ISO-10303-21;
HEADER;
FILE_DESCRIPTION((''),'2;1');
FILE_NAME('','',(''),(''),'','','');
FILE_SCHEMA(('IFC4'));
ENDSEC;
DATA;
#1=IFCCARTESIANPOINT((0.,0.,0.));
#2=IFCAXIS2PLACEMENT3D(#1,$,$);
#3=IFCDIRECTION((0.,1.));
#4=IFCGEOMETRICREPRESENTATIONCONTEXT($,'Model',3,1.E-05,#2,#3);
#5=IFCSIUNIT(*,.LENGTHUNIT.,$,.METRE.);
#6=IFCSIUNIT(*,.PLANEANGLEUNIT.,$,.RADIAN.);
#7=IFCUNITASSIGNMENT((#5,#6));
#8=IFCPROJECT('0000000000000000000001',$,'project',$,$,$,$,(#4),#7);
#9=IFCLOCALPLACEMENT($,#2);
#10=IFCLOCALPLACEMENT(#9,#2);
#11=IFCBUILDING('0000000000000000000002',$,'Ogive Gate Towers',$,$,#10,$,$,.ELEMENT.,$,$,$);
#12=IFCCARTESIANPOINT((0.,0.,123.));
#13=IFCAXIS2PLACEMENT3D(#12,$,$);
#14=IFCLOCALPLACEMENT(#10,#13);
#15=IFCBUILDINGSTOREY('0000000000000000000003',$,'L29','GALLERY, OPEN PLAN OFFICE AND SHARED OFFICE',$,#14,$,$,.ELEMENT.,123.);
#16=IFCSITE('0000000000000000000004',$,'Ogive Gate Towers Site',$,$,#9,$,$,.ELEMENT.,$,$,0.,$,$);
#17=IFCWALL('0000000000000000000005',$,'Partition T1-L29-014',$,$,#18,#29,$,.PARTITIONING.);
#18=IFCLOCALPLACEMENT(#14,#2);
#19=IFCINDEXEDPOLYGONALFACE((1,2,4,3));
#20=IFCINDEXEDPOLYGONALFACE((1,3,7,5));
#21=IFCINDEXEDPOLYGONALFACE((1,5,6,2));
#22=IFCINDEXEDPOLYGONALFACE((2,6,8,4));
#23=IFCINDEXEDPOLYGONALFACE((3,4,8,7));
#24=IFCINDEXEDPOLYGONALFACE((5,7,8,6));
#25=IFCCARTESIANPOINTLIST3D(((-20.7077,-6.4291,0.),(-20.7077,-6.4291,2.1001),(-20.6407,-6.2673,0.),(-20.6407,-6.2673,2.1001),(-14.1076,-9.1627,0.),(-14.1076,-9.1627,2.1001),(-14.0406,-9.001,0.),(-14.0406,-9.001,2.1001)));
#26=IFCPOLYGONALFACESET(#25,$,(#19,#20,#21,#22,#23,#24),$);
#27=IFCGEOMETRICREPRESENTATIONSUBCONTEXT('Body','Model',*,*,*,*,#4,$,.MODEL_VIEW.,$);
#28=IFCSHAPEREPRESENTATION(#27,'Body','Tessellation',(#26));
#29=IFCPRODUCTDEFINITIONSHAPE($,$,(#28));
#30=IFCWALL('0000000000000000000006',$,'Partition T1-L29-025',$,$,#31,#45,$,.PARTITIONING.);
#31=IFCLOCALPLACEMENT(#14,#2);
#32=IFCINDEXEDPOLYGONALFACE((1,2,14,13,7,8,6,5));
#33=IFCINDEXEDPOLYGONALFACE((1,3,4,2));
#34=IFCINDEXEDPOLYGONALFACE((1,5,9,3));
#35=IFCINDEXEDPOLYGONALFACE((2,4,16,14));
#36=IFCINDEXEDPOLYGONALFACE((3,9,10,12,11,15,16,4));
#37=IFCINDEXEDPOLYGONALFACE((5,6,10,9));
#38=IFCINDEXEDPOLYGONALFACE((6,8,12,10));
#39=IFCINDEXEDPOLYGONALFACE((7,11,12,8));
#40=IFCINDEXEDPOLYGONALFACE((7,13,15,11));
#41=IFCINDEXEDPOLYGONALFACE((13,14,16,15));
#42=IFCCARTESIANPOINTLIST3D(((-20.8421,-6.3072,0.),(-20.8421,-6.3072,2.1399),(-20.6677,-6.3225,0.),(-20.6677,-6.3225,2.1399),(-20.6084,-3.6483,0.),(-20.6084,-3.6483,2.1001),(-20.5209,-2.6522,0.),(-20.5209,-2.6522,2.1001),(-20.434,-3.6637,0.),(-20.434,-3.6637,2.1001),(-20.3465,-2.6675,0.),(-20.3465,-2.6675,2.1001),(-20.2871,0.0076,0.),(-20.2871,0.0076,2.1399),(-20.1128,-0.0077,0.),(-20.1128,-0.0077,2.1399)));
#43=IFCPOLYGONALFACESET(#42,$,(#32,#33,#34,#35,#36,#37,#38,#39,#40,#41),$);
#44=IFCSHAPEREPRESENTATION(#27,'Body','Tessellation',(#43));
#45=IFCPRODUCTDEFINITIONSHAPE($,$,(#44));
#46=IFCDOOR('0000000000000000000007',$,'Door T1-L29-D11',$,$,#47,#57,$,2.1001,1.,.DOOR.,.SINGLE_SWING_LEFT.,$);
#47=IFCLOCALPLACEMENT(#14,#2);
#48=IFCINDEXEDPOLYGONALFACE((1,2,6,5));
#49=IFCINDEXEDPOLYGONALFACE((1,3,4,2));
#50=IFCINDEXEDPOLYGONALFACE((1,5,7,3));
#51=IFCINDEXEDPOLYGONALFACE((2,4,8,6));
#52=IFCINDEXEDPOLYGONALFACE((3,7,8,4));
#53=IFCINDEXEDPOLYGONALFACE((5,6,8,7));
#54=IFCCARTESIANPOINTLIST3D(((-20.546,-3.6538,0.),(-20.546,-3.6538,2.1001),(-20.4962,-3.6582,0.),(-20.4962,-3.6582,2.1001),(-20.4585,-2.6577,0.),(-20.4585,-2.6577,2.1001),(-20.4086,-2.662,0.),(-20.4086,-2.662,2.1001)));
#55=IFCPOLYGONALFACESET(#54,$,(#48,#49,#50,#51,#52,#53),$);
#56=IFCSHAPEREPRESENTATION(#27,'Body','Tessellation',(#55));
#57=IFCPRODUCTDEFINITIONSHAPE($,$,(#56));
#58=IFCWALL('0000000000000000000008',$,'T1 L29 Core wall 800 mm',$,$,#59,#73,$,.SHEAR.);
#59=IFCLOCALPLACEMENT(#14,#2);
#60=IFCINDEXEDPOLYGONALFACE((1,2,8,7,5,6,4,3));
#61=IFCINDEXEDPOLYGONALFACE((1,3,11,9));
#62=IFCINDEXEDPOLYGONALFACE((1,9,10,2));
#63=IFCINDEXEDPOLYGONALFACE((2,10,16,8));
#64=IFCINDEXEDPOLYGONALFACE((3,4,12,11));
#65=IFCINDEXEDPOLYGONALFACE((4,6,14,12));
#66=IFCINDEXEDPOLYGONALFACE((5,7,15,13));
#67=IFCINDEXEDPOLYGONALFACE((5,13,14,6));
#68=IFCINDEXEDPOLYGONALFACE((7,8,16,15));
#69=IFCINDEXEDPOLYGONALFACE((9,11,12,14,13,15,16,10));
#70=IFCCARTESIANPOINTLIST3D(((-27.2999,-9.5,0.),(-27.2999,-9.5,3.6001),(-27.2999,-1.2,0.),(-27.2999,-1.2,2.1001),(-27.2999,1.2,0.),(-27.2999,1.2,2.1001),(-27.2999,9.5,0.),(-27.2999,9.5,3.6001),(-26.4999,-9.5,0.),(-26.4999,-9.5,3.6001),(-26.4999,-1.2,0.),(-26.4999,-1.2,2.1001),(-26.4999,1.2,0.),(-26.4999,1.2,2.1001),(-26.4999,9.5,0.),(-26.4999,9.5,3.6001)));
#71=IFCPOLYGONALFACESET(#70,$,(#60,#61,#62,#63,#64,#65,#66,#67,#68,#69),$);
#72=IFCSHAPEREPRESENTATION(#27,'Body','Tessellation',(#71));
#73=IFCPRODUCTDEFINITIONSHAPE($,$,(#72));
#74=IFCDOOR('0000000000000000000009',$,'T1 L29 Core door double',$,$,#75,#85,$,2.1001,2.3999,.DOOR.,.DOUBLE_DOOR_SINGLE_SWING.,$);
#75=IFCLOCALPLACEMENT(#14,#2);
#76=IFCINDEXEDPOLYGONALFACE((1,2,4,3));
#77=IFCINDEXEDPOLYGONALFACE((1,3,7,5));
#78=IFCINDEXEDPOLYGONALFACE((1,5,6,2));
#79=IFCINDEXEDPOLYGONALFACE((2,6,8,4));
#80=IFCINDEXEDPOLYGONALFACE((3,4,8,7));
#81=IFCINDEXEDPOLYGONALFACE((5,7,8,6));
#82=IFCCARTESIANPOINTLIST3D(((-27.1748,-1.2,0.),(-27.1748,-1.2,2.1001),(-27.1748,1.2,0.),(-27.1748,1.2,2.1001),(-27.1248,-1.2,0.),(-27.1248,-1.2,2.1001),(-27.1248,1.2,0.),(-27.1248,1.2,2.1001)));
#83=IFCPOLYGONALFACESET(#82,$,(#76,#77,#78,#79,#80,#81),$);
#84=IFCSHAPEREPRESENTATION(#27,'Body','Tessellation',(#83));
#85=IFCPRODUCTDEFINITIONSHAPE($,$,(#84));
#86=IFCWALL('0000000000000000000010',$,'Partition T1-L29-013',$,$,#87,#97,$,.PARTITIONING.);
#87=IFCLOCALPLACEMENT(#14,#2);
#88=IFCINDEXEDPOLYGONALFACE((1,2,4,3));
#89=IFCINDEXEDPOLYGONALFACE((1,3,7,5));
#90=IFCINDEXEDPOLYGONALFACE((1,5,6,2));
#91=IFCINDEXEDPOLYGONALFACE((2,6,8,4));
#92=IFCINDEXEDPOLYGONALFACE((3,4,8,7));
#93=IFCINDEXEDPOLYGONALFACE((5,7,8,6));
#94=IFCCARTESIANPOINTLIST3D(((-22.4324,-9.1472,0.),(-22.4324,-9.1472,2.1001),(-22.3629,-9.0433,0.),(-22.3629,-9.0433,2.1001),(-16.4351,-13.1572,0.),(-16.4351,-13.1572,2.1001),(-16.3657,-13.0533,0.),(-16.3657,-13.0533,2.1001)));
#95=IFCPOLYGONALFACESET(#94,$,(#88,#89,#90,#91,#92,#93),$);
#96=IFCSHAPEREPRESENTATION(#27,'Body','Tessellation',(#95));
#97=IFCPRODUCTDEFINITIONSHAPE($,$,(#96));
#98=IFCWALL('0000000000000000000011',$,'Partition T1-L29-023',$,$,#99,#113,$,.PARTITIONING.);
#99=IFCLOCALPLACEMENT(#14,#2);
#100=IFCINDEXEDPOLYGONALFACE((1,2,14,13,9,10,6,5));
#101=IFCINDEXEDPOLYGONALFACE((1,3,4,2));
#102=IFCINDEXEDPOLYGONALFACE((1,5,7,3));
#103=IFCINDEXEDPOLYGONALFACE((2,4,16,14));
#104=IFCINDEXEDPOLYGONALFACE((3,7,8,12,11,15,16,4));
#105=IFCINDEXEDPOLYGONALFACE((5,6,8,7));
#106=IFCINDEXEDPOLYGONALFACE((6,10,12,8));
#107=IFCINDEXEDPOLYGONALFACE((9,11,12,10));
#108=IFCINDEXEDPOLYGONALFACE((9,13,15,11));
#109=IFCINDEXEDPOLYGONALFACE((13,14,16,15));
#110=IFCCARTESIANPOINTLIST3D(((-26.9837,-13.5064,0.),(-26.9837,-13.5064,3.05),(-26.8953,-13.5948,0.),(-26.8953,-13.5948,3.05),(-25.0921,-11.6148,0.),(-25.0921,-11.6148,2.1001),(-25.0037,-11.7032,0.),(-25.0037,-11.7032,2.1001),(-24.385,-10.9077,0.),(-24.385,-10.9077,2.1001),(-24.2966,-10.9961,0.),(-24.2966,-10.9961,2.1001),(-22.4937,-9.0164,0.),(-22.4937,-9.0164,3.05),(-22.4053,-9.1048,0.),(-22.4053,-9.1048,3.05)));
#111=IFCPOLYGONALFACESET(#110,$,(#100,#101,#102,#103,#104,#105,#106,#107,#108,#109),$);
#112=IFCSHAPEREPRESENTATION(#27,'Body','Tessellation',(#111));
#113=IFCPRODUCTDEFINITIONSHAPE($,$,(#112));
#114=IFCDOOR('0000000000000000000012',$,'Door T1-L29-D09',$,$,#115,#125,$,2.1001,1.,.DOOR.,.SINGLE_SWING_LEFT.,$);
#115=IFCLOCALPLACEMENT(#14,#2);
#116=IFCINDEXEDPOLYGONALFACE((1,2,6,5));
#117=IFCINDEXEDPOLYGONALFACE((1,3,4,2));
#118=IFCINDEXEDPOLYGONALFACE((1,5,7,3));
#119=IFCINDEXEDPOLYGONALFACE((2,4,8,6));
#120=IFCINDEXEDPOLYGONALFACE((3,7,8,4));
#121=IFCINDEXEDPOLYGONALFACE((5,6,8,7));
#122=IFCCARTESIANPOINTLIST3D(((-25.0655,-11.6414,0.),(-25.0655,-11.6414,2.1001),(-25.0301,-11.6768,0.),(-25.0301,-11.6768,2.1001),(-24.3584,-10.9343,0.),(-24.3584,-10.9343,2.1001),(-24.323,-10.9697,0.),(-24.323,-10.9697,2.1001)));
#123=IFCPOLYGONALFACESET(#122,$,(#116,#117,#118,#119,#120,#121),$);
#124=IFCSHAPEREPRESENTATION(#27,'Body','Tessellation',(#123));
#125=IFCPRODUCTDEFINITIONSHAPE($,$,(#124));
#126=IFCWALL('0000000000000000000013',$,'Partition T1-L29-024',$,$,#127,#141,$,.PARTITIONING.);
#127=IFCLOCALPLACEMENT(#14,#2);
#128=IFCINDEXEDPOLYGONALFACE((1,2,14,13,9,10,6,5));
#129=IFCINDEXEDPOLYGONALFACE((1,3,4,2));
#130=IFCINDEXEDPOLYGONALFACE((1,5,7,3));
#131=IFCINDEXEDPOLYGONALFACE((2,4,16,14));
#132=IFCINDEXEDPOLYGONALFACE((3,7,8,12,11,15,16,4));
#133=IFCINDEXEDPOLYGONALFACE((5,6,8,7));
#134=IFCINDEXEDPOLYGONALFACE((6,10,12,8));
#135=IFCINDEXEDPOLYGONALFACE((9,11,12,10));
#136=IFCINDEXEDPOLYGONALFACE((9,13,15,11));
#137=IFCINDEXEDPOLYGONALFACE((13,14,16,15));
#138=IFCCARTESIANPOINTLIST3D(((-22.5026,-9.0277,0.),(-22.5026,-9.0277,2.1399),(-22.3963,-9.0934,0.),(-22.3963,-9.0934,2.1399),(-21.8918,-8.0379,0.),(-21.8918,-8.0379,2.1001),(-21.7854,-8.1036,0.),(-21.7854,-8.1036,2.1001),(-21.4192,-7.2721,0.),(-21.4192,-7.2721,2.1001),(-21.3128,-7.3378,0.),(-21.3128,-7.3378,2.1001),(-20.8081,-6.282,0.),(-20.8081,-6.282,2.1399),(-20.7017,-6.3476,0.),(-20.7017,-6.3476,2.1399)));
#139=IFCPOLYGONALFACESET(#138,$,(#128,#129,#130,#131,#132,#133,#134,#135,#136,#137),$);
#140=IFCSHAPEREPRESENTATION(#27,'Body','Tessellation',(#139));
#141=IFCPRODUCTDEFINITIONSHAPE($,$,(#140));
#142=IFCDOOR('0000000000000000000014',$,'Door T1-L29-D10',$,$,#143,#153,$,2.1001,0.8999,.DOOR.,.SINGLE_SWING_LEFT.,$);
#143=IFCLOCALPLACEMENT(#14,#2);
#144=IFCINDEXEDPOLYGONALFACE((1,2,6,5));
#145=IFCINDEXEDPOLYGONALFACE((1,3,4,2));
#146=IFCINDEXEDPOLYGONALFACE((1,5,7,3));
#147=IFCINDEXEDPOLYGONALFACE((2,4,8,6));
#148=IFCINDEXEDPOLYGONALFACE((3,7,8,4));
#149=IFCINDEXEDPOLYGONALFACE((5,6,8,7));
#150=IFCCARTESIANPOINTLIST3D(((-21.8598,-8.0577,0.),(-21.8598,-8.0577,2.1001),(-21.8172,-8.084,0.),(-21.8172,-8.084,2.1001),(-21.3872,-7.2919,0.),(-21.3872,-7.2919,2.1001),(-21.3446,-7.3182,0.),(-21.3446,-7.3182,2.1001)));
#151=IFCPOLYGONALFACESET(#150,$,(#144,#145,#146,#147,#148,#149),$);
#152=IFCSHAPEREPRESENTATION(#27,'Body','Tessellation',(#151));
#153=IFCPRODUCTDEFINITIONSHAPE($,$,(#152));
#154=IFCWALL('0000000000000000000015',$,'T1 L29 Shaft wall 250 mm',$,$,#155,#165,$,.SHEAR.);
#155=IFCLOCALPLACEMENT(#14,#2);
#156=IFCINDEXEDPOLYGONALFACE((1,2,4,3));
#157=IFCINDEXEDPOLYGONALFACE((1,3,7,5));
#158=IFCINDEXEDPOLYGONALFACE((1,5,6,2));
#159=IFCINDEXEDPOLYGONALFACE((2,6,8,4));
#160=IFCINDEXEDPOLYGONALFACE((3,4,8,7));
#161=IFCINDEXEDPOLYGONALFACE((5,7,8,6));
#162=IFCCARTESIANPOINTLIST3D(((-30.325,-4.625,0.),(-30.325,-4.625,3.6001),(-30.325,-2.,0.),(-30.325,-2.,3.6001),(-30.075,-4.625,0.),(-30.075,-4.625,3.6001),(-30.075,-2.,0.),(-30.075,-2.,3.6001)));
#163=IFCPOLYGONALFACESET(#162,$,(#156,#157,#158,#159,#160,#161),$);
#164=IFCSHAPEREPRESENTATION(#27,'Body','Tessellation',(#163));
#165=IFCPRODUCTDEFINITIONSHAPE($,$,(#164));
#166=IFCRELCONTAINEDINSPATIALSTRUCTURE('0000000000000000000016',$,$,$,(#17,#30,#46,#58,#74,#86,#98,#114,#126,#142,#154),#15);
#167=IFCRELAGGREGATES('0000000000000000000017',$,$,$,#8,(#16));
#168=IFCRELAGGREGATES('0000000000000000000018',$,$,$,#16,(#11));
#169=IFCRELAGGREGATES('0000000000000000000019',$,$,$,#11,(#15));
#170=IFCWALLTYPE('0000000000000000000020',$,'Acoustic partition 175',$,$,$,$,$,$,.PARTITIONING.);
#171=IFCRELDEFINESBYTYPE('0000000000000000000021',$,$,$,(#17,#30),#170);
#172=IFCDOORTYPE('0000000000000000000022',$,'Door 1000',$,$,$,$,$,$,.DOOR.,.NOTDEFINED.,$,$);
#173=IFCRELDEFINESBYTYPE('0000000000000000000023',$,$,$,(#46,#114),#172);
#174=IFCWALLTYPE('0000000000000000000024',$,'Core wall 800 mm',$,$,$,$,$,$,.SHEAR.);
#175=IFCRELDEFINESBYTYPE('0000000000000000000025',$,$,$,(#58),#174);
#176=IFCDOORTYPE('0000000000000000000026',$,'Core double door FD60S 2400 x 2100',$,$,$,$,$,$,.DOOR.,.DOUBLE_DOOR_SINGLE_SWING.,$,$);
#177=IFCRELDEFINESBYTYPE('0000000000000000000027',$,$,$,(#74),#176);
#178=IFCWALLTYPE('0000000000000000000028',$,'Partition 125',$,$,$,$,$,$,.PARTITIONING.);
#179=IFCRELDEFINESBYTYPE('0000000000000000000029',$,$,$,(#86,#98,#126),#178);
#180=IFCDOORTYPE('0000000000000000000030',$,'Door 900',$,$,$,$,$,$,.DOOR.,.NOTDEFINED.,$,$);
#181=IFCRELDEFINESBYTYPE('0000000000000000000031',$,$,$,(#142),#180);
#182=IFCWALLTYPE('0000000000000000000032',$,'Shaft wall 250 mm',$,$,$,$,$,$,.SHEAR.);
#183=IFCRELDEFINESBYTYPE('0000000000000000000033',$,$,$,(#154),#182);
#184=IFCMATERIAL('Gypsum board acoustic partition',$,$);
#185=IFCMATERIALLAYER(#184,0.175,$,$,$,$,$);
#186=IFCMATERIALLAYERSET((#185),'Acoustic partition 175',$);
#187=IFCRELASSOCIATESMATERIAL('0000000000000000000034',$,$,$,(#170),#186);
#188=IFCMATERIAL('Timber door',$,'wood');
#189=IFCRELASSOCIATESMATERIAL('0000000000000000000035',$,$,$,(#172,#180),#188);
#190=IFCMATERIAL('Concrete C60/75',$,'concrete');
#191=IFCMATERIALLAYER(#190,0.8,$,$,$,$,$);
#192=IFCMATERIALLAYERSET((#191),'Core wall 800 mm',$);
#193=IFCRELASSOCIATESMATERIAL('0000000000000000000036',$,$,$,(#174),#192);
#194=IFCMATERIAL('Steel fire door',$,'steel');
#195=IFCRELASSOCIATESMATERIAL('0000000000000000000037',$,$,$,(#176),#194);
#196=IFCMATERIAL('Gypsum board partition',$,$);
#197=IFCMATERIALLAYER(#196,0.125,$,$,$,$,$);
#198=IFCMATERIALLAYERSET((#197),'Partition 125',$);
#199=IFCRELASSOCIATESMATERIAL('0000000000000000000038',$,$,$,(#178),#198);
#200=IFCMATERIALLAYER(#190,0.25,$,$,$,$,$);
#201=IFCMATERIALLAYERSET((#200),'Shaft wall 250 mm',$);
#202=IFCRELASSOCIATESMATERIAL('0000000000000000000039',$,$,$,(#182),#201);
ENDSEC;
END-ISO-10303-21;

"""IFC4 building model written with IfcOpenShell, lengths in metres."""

from ifc_helpers import new_model, si_unit, direction, frame, frame_2d, origin, place, context, subcontext, project, spatial, rectangle, extrude, material, layer, layer_set, type_object, element, fill, save


model = new_model("IFC4")

# Units and contexts
model_context = context("Model", 3, precision=1e-05, world=origin(), true_north=direction((0.0, 1.0)))
body_context = subcontext(model_context, "Body", "Model", "MODEL_VIEW")
ifc_project = project(units=[si_unit("LENGTHUNIT", "METRE"), si_unit("PLANEANGLEUNIT", "RADIAN")], contexts=[model_context])

# Site, building, storey
site_placement = place(None, origin())
site = spatial("IfcSite", under=ifc_project, at=site_placement, Name="Ogive Gate Towers Site", CompositionType="ELEMENT", RefElevation=0.0)
building_placement = place(site_placement, origin())
building = spatial("IfcBuilding", under=site, at=building_placement, Name="Ogive Gate Towers", CompositionType="ELEMENT")
storey_placement = place(building_placement, frame((0.0, 0.0, 123.0)))
storey = spatial("IfcBuildingStorey", under=building, at=storey_placement, Name="L29", Description="GALLERY, OPEN PLAN OFFICE AND SHARED OFFICE", CompositionType="ELEMENT", Elevation=123.0)

# Wall
ifc_material_1 = material(Name="Gypsum board acoustic partition")
ifc_layer_1 = layer(ifc_material_1, 0.175)
ifc_layer_set_1 = layer_set([ifc_layer_1], Name="Acoustic partition 175")
wall_type_1 = type_object("IfcWallType", Name="Acoustic partition 175", PredefinedType="PARTITIONING", material=ifc_layer_set_1)
wall_1_placement = place(storey_placement, frame((-14.0742, -9.0818, 0.0), z_axis=(0.0, 0.0, 1.0), x_axis=(-0.92389, 0.382659, 0.0)))
element("IfcWall", 1, at=wall_1_placement, inside=storey, type_object=wall_type_1, Name="Partition T1-L29-014", PredefinedType="PARTITIONING", context=body_context, shape_type="SweptSolid", body=[
    extrude(rectangle(XDim=7.1438, YDim=0.175, at=frame_2d((3.5718, 0.0))), origin(), (0.0, 0.0, 1.0), 2.1001),
])

# Walls, openings, doors
wall_2_placement = place(storey_placement, frame((-20.7549, -6.3147, 0.0), z_axis=(0.0, 0.0, 1.0), x_axis=(0.087542, 0.996161, 0.0)))
wall_2 = element("IfcWall", 2, at=wall_2_placement, inside=storey, type_object=wall_type_1, Name="Partition T1-L29-025", PredefinedType="PARTITIONING", context=body_context, shape_type="SweptSolid", body=[
    extrude(rectangle(XDim=6.3391, YDim=0.175, at=frame_2d((3.1694, 0.0))), origin(), (0.0, 0.0, 1.0), 2.1399),
])
opening_1_placement = place(wall_2_placement, frame((2.6689, 0.0, 0.0)))
opening_1 = element("IfcOpeningElement", 3, at=opening_1_placement, cuts=wall_2, PredefinedType="OPENING", context=body_context, shape_type="SweptSolid", body=[
    extrude(rectangle(XDim=1.0, YDim=2.1001, at=frame_2d((0.5, 1.05))), frame((0.0, 0.0977, 0.0), z_axis=(0.0, -1.0, 0.0), x_axis=(1.0, 0.0, 0.0)), (0.0, 0.0, 1.0), 0.1951),
])
ifc_material_2 = material(Name="Timber door", Category="wood")
door_type_1 = type_object("IfcDoorType", Name="Door 1000", OperationType="NOTDEFINED", PredefinedType="DOOR", material=ifc_material_2)
door_1_placement = place(opening_1_placement, origin())
door_1 = element("IfcDoor", 4, at=door_1_placement, inside=storey, type_object=door_type_1, Name="Door T1-L29-D11", OperationType="SINGLE_SWING_LEFT", OverallHeight=2.1001, OverallWidth=1.0, PredefinedType="DOOR", context=body_context, shape_type="SweptSolid", body=[
    extrude(rectangle(XDim=1.0, YDim=2.1001, at=frame_2d((0.5, 1.05))), frame((0.0, 0.0249, 0.0), z_axis=(0.0, -1.0, 0.0), x_axis=(1.0, 0.0, 0.0)), (0.0, 0.0, 1.0), 0.05),
])
fill(opening_1, door_1)
ifc_material_3 = material(Name="Concrete C60/75", Category="concrete")
ifc_layer_2 = layer(ifc_material_3, 0.8)
ifc_layer_set_2 = layer_set([ifc_layer_2], Name="Core wall 800 mm")
wall_type_2 = type_object("IfcWallType", Name="Core wall 800 mm", PredefinedType="SHEAR", material=ifc_layer_set_2)
wall_3_placement = place(storey_placement, frame((-26.8999, -9.5, 0.0), z_axis=(0.0, 0.0, 1.0), x_axis=(0.0, 1.0, 0.0)))
wall_3 = element("IfcWall", 5, at=wall_3_placement, inside=storey, type_object=wall_type_2, Name="T1 L29 Core wall 800 mm", PredefinedType="SHEAR", context=body_context, shape_type="SweptSolid", body=[
    extrude(rectangle(XDim=19.0, YDim=0.8, at=frame_2d((9.5, 0.0))), origin(), (0.0, 0.0, 1.0), 3.6001),
])
opening_2_placement = place(wall_3_placement, frame((8.3, 0.0, 0.0)))
opening_2 = element("IfcOpeningElement", 6, at=opening_2_placement, cuts=wall_3, PredefinedType="OPENING", context=body_context, shape_type="SweptSolid", body=[
    extrude(rectangle(XDim=2.3999, YDim=2.1001, at=frame_2d((1.2, 1.05))), frame((0.0, 0.4102, 0.0), z_axis=(0.0, -1.0, 0.0), x_axis=(1.0, 0.0, 0.0)), (0.0, 0.0, 1.0), 0.8201),
])
ifc_material_4 = material(Name="Steel fire door", Category="steel")
door_type_2 = type_object("IfcDoorType", Name="Core double door FD60S 2400 x 2100", OperationType="DOUBLE_DOOR_SINGLE_SWING", PredefinedType="DOOR", material=ifc_material_4)
door_2_placement = place(opening_2_placement, origin())
door_2 = element("IfcDoor", 7, at=door_2_placement, inside=storey, type_object=door_type_2, Name="T1 L29 Core door double", OperationType="DOUBLE_DOOR_SINGLE_SWING", OverallHeight=2.1001, OverallWidth=2.3999, PredefinedType="DOOR", context=body_context, shape_type="SweptSolid", body=[
    extrude(rectangle(XDim=2.3999, YDim=2.1001, at=frame_2d((1.2, 1.05))), frame((0.0, 0.2749, 0.0), z_axis=(0.0, -1.0, 0.0), x_axis=(1.0, 0.0, 0.0)), (0.0, 0.0, 1.0), 0.05),
])
fill(opening_2, door_2)

# Wall
ifc_material_5 = material(Name="Gypsum board partition")
ifc_layer_3 = layer(ifc_material_5, 0.125)
ifc_layer_set_3 = layer_set([ifc_layer_3], Name="Partition 125")
wall_type_3 = type_object("IfcWallType", Name="Partition 125", PredefinedType="PARTITIONING", material=ifc_layer_set_3)
wall_4_placement = place(storey_placement, frame((-16.4004, -13.1052, 0.0), z_axis=(0.0, 0.0, 1.0), x_axis=(-0.831295, 0.555832, 0.0)))
element("IfcWall", 8, at=wall_4_placement, inside=storey, type_object=wall_type_3, Name="Partition T1-L29-013", PredefinedType="PARTITIONING", context=body_context, shape_type="SweptSolid", body=[
    extrude(rectangle(XDim=7.2144, YDim=0.125, at=frame_2d((3.6072, 0.0))), origin(), (0.0, 0.0, 1.0), 2.1001),
])

# Walls, openings, doors
wall_5_placement = place(storey_placement, frame((-26.9395, -13.5505, 0.0), z_axis=(0.0, 0.0, 1.0), x_axis=(0.707107, 0.707107, 0.0)))
wall_5 = element("IfcWall", 9, at=wall_5_placement, inside=storey, type_object=wall_type_3, Name="Partition T1-L29-023", PredefinedType="PARTITIONING", context=body_context, shape_type="SweptSolid", body=[
    extrude(rectangle(XDim=6.3499, YDim=0.125, at=frame_2d((3.1748, 0.0))), origin(), (0.0, 0.0, 1.0), 3.05),
])
opening_3_placement = place(wall_5_placement, frame((2.675, 0.0, 0.0)))
opening_3 = element("IfcOpeningElement", 10, at=opening_3_placement, cuts=wall_5, PredefinedType="OPENING", context=body_context, shape_type="SweptSolid", body=[
    extrude(rectangle(XDim=1.0, YDim=2.1001, at=frame_2d((0.5, 1.05))), frame((0.0, 0.0725, 0.0), z_axis=(0.0, -1.0, 0.0), x_axis=(1.0, 0.0, 0.0)), (0.0, 0.0, 1.0), 0.145),
])
door_3_placement = place(opening_3_placement, origin())
door_3 = element("IfcDoor", 11, at=door_3_placement, inside=storey, type_object=door_type_1, Name="Door T1-L29-D09", OperationType="SINGLE_SWING_LEFT", OverallHeight=2.1001, OverallWidth=1.0, PredefinedType="DOOR", context=body_context, shape_type="SweptSolid", body=[
    extrude(rectangle(XDim=1.0, YDim=2.1001, at=frame_2d((0.5, 1.05))), frame((0.0, 0.0249, 0.0), z_axis=(0.0, -1.0, 0.0), x_axis=(1.0, 0.0, 0.0)), (0.0, 0.0, 1.0), 0.05),
])
fill(opening_3, door_3)
wall_6_placement = place(storey_placement, frame((-22.4495, -9.0605, 0.0), z_axis=(0.0, 0.0, 1.0), x_axis=(0.525182, 0.85099, 0.0)))
wall_6 = element("IfcWall", 12, at=wall_6_placement, inside=storey, type_object=wall_type_3, Name="Partition T1-L29-024", PredefinedType="PARTITIONING", context=body_context, shape_type="SweptSolid", body=[
    extrude(rectangle(XDim=3.2266, YDim=0.125, at=frame_2d((1.6133, 0.0))), origin(), (0.0, 0.0, 1.0), 2.1399),
])
opening_4_placement = place(wall_6_placement, frame((1.1631, 0.0, 0.0)))
opening_4 = element("IfcOpeningElement", 13, at=opening_4_placement, cuts=wall_6, PredefinedType="OPENING", context=body_context, shape_type="SweptSolid", body=[
    extrude(rectangle(XDim=0.8999, YDim=2.1001, at=frame_2d((0.45, 1.05))), frame((0.0, 0.0725, 0.0), z_axis=(0.0, -1.0, 0.0), x_axis=(1.0, 0.0, 0.0)), (0.0, 0.0, 1.0), 0.145),
])
door_type_3 = type_object("IfcDoorType", Name="Door 900", OperationType="NOTDEFINED", PredefinedType="DOOR", material=ifc_material_2)
door_4_placement = place(opening_4_placement, origin())
door_4 = element("IfcDoor", 14, at=door_4_placement, inside=storey, type_object=door_type_3, Name="Door T1-L29-D10", OperationType="SINGLE_SWING_LEFT", OverallHeight=2.1001, OverallWidth=0.8999, PredefinedType="DOOR", context=body_context, shape_type="SweptSolid", body=[
    extrude(rectangle(XDim=0.8999, YDim=2.1001, at=frame_2d((0.45, 1.05))), frame((0.0, 0.0249, 0.0), z_axis=(0.0, -1.0, 0.0), x_axis=(1.0, 0.0, 0.0)), (0.0, 0.0, 1.0), 0.05),
])
fill(opening_4, door_4)

# Wall
ifc_layer_4 = layer(ifc_material_3, 0.25)
ifc_layer_set_4 = layer_set([ifc_layer_4], Name="Shaft wall 250 mm")
wall_type_4 = type_object("IfcWallType", Name="Shaft wall 250 mm", PredefinedType="SHEAR", material=ifc_layer_set_4)
wall_7_placement = place(storey_placement, frame((-30.2, -4.625, 0.0), z_axis=(0.0, 0.0, 1.0), x_axis=(0.0, 1.0, 0.0)))
element("IfcWall", 15, at=wall_7_placement, inside=storey, type_object=wall_type_4, Name="T1 L29 Shaft wall 250 mm", PredefinedType="SHEAR", context=body_context, shape_type="SweptSolid", body=[
    extrude(rectangle(XDim=2.625, YDim=0.25, at=frame_2d((1.3125, 0.0))), origin(), (0.0, 0.0, 1.0), 3.6001),
])

save(model, "model.ifc")
